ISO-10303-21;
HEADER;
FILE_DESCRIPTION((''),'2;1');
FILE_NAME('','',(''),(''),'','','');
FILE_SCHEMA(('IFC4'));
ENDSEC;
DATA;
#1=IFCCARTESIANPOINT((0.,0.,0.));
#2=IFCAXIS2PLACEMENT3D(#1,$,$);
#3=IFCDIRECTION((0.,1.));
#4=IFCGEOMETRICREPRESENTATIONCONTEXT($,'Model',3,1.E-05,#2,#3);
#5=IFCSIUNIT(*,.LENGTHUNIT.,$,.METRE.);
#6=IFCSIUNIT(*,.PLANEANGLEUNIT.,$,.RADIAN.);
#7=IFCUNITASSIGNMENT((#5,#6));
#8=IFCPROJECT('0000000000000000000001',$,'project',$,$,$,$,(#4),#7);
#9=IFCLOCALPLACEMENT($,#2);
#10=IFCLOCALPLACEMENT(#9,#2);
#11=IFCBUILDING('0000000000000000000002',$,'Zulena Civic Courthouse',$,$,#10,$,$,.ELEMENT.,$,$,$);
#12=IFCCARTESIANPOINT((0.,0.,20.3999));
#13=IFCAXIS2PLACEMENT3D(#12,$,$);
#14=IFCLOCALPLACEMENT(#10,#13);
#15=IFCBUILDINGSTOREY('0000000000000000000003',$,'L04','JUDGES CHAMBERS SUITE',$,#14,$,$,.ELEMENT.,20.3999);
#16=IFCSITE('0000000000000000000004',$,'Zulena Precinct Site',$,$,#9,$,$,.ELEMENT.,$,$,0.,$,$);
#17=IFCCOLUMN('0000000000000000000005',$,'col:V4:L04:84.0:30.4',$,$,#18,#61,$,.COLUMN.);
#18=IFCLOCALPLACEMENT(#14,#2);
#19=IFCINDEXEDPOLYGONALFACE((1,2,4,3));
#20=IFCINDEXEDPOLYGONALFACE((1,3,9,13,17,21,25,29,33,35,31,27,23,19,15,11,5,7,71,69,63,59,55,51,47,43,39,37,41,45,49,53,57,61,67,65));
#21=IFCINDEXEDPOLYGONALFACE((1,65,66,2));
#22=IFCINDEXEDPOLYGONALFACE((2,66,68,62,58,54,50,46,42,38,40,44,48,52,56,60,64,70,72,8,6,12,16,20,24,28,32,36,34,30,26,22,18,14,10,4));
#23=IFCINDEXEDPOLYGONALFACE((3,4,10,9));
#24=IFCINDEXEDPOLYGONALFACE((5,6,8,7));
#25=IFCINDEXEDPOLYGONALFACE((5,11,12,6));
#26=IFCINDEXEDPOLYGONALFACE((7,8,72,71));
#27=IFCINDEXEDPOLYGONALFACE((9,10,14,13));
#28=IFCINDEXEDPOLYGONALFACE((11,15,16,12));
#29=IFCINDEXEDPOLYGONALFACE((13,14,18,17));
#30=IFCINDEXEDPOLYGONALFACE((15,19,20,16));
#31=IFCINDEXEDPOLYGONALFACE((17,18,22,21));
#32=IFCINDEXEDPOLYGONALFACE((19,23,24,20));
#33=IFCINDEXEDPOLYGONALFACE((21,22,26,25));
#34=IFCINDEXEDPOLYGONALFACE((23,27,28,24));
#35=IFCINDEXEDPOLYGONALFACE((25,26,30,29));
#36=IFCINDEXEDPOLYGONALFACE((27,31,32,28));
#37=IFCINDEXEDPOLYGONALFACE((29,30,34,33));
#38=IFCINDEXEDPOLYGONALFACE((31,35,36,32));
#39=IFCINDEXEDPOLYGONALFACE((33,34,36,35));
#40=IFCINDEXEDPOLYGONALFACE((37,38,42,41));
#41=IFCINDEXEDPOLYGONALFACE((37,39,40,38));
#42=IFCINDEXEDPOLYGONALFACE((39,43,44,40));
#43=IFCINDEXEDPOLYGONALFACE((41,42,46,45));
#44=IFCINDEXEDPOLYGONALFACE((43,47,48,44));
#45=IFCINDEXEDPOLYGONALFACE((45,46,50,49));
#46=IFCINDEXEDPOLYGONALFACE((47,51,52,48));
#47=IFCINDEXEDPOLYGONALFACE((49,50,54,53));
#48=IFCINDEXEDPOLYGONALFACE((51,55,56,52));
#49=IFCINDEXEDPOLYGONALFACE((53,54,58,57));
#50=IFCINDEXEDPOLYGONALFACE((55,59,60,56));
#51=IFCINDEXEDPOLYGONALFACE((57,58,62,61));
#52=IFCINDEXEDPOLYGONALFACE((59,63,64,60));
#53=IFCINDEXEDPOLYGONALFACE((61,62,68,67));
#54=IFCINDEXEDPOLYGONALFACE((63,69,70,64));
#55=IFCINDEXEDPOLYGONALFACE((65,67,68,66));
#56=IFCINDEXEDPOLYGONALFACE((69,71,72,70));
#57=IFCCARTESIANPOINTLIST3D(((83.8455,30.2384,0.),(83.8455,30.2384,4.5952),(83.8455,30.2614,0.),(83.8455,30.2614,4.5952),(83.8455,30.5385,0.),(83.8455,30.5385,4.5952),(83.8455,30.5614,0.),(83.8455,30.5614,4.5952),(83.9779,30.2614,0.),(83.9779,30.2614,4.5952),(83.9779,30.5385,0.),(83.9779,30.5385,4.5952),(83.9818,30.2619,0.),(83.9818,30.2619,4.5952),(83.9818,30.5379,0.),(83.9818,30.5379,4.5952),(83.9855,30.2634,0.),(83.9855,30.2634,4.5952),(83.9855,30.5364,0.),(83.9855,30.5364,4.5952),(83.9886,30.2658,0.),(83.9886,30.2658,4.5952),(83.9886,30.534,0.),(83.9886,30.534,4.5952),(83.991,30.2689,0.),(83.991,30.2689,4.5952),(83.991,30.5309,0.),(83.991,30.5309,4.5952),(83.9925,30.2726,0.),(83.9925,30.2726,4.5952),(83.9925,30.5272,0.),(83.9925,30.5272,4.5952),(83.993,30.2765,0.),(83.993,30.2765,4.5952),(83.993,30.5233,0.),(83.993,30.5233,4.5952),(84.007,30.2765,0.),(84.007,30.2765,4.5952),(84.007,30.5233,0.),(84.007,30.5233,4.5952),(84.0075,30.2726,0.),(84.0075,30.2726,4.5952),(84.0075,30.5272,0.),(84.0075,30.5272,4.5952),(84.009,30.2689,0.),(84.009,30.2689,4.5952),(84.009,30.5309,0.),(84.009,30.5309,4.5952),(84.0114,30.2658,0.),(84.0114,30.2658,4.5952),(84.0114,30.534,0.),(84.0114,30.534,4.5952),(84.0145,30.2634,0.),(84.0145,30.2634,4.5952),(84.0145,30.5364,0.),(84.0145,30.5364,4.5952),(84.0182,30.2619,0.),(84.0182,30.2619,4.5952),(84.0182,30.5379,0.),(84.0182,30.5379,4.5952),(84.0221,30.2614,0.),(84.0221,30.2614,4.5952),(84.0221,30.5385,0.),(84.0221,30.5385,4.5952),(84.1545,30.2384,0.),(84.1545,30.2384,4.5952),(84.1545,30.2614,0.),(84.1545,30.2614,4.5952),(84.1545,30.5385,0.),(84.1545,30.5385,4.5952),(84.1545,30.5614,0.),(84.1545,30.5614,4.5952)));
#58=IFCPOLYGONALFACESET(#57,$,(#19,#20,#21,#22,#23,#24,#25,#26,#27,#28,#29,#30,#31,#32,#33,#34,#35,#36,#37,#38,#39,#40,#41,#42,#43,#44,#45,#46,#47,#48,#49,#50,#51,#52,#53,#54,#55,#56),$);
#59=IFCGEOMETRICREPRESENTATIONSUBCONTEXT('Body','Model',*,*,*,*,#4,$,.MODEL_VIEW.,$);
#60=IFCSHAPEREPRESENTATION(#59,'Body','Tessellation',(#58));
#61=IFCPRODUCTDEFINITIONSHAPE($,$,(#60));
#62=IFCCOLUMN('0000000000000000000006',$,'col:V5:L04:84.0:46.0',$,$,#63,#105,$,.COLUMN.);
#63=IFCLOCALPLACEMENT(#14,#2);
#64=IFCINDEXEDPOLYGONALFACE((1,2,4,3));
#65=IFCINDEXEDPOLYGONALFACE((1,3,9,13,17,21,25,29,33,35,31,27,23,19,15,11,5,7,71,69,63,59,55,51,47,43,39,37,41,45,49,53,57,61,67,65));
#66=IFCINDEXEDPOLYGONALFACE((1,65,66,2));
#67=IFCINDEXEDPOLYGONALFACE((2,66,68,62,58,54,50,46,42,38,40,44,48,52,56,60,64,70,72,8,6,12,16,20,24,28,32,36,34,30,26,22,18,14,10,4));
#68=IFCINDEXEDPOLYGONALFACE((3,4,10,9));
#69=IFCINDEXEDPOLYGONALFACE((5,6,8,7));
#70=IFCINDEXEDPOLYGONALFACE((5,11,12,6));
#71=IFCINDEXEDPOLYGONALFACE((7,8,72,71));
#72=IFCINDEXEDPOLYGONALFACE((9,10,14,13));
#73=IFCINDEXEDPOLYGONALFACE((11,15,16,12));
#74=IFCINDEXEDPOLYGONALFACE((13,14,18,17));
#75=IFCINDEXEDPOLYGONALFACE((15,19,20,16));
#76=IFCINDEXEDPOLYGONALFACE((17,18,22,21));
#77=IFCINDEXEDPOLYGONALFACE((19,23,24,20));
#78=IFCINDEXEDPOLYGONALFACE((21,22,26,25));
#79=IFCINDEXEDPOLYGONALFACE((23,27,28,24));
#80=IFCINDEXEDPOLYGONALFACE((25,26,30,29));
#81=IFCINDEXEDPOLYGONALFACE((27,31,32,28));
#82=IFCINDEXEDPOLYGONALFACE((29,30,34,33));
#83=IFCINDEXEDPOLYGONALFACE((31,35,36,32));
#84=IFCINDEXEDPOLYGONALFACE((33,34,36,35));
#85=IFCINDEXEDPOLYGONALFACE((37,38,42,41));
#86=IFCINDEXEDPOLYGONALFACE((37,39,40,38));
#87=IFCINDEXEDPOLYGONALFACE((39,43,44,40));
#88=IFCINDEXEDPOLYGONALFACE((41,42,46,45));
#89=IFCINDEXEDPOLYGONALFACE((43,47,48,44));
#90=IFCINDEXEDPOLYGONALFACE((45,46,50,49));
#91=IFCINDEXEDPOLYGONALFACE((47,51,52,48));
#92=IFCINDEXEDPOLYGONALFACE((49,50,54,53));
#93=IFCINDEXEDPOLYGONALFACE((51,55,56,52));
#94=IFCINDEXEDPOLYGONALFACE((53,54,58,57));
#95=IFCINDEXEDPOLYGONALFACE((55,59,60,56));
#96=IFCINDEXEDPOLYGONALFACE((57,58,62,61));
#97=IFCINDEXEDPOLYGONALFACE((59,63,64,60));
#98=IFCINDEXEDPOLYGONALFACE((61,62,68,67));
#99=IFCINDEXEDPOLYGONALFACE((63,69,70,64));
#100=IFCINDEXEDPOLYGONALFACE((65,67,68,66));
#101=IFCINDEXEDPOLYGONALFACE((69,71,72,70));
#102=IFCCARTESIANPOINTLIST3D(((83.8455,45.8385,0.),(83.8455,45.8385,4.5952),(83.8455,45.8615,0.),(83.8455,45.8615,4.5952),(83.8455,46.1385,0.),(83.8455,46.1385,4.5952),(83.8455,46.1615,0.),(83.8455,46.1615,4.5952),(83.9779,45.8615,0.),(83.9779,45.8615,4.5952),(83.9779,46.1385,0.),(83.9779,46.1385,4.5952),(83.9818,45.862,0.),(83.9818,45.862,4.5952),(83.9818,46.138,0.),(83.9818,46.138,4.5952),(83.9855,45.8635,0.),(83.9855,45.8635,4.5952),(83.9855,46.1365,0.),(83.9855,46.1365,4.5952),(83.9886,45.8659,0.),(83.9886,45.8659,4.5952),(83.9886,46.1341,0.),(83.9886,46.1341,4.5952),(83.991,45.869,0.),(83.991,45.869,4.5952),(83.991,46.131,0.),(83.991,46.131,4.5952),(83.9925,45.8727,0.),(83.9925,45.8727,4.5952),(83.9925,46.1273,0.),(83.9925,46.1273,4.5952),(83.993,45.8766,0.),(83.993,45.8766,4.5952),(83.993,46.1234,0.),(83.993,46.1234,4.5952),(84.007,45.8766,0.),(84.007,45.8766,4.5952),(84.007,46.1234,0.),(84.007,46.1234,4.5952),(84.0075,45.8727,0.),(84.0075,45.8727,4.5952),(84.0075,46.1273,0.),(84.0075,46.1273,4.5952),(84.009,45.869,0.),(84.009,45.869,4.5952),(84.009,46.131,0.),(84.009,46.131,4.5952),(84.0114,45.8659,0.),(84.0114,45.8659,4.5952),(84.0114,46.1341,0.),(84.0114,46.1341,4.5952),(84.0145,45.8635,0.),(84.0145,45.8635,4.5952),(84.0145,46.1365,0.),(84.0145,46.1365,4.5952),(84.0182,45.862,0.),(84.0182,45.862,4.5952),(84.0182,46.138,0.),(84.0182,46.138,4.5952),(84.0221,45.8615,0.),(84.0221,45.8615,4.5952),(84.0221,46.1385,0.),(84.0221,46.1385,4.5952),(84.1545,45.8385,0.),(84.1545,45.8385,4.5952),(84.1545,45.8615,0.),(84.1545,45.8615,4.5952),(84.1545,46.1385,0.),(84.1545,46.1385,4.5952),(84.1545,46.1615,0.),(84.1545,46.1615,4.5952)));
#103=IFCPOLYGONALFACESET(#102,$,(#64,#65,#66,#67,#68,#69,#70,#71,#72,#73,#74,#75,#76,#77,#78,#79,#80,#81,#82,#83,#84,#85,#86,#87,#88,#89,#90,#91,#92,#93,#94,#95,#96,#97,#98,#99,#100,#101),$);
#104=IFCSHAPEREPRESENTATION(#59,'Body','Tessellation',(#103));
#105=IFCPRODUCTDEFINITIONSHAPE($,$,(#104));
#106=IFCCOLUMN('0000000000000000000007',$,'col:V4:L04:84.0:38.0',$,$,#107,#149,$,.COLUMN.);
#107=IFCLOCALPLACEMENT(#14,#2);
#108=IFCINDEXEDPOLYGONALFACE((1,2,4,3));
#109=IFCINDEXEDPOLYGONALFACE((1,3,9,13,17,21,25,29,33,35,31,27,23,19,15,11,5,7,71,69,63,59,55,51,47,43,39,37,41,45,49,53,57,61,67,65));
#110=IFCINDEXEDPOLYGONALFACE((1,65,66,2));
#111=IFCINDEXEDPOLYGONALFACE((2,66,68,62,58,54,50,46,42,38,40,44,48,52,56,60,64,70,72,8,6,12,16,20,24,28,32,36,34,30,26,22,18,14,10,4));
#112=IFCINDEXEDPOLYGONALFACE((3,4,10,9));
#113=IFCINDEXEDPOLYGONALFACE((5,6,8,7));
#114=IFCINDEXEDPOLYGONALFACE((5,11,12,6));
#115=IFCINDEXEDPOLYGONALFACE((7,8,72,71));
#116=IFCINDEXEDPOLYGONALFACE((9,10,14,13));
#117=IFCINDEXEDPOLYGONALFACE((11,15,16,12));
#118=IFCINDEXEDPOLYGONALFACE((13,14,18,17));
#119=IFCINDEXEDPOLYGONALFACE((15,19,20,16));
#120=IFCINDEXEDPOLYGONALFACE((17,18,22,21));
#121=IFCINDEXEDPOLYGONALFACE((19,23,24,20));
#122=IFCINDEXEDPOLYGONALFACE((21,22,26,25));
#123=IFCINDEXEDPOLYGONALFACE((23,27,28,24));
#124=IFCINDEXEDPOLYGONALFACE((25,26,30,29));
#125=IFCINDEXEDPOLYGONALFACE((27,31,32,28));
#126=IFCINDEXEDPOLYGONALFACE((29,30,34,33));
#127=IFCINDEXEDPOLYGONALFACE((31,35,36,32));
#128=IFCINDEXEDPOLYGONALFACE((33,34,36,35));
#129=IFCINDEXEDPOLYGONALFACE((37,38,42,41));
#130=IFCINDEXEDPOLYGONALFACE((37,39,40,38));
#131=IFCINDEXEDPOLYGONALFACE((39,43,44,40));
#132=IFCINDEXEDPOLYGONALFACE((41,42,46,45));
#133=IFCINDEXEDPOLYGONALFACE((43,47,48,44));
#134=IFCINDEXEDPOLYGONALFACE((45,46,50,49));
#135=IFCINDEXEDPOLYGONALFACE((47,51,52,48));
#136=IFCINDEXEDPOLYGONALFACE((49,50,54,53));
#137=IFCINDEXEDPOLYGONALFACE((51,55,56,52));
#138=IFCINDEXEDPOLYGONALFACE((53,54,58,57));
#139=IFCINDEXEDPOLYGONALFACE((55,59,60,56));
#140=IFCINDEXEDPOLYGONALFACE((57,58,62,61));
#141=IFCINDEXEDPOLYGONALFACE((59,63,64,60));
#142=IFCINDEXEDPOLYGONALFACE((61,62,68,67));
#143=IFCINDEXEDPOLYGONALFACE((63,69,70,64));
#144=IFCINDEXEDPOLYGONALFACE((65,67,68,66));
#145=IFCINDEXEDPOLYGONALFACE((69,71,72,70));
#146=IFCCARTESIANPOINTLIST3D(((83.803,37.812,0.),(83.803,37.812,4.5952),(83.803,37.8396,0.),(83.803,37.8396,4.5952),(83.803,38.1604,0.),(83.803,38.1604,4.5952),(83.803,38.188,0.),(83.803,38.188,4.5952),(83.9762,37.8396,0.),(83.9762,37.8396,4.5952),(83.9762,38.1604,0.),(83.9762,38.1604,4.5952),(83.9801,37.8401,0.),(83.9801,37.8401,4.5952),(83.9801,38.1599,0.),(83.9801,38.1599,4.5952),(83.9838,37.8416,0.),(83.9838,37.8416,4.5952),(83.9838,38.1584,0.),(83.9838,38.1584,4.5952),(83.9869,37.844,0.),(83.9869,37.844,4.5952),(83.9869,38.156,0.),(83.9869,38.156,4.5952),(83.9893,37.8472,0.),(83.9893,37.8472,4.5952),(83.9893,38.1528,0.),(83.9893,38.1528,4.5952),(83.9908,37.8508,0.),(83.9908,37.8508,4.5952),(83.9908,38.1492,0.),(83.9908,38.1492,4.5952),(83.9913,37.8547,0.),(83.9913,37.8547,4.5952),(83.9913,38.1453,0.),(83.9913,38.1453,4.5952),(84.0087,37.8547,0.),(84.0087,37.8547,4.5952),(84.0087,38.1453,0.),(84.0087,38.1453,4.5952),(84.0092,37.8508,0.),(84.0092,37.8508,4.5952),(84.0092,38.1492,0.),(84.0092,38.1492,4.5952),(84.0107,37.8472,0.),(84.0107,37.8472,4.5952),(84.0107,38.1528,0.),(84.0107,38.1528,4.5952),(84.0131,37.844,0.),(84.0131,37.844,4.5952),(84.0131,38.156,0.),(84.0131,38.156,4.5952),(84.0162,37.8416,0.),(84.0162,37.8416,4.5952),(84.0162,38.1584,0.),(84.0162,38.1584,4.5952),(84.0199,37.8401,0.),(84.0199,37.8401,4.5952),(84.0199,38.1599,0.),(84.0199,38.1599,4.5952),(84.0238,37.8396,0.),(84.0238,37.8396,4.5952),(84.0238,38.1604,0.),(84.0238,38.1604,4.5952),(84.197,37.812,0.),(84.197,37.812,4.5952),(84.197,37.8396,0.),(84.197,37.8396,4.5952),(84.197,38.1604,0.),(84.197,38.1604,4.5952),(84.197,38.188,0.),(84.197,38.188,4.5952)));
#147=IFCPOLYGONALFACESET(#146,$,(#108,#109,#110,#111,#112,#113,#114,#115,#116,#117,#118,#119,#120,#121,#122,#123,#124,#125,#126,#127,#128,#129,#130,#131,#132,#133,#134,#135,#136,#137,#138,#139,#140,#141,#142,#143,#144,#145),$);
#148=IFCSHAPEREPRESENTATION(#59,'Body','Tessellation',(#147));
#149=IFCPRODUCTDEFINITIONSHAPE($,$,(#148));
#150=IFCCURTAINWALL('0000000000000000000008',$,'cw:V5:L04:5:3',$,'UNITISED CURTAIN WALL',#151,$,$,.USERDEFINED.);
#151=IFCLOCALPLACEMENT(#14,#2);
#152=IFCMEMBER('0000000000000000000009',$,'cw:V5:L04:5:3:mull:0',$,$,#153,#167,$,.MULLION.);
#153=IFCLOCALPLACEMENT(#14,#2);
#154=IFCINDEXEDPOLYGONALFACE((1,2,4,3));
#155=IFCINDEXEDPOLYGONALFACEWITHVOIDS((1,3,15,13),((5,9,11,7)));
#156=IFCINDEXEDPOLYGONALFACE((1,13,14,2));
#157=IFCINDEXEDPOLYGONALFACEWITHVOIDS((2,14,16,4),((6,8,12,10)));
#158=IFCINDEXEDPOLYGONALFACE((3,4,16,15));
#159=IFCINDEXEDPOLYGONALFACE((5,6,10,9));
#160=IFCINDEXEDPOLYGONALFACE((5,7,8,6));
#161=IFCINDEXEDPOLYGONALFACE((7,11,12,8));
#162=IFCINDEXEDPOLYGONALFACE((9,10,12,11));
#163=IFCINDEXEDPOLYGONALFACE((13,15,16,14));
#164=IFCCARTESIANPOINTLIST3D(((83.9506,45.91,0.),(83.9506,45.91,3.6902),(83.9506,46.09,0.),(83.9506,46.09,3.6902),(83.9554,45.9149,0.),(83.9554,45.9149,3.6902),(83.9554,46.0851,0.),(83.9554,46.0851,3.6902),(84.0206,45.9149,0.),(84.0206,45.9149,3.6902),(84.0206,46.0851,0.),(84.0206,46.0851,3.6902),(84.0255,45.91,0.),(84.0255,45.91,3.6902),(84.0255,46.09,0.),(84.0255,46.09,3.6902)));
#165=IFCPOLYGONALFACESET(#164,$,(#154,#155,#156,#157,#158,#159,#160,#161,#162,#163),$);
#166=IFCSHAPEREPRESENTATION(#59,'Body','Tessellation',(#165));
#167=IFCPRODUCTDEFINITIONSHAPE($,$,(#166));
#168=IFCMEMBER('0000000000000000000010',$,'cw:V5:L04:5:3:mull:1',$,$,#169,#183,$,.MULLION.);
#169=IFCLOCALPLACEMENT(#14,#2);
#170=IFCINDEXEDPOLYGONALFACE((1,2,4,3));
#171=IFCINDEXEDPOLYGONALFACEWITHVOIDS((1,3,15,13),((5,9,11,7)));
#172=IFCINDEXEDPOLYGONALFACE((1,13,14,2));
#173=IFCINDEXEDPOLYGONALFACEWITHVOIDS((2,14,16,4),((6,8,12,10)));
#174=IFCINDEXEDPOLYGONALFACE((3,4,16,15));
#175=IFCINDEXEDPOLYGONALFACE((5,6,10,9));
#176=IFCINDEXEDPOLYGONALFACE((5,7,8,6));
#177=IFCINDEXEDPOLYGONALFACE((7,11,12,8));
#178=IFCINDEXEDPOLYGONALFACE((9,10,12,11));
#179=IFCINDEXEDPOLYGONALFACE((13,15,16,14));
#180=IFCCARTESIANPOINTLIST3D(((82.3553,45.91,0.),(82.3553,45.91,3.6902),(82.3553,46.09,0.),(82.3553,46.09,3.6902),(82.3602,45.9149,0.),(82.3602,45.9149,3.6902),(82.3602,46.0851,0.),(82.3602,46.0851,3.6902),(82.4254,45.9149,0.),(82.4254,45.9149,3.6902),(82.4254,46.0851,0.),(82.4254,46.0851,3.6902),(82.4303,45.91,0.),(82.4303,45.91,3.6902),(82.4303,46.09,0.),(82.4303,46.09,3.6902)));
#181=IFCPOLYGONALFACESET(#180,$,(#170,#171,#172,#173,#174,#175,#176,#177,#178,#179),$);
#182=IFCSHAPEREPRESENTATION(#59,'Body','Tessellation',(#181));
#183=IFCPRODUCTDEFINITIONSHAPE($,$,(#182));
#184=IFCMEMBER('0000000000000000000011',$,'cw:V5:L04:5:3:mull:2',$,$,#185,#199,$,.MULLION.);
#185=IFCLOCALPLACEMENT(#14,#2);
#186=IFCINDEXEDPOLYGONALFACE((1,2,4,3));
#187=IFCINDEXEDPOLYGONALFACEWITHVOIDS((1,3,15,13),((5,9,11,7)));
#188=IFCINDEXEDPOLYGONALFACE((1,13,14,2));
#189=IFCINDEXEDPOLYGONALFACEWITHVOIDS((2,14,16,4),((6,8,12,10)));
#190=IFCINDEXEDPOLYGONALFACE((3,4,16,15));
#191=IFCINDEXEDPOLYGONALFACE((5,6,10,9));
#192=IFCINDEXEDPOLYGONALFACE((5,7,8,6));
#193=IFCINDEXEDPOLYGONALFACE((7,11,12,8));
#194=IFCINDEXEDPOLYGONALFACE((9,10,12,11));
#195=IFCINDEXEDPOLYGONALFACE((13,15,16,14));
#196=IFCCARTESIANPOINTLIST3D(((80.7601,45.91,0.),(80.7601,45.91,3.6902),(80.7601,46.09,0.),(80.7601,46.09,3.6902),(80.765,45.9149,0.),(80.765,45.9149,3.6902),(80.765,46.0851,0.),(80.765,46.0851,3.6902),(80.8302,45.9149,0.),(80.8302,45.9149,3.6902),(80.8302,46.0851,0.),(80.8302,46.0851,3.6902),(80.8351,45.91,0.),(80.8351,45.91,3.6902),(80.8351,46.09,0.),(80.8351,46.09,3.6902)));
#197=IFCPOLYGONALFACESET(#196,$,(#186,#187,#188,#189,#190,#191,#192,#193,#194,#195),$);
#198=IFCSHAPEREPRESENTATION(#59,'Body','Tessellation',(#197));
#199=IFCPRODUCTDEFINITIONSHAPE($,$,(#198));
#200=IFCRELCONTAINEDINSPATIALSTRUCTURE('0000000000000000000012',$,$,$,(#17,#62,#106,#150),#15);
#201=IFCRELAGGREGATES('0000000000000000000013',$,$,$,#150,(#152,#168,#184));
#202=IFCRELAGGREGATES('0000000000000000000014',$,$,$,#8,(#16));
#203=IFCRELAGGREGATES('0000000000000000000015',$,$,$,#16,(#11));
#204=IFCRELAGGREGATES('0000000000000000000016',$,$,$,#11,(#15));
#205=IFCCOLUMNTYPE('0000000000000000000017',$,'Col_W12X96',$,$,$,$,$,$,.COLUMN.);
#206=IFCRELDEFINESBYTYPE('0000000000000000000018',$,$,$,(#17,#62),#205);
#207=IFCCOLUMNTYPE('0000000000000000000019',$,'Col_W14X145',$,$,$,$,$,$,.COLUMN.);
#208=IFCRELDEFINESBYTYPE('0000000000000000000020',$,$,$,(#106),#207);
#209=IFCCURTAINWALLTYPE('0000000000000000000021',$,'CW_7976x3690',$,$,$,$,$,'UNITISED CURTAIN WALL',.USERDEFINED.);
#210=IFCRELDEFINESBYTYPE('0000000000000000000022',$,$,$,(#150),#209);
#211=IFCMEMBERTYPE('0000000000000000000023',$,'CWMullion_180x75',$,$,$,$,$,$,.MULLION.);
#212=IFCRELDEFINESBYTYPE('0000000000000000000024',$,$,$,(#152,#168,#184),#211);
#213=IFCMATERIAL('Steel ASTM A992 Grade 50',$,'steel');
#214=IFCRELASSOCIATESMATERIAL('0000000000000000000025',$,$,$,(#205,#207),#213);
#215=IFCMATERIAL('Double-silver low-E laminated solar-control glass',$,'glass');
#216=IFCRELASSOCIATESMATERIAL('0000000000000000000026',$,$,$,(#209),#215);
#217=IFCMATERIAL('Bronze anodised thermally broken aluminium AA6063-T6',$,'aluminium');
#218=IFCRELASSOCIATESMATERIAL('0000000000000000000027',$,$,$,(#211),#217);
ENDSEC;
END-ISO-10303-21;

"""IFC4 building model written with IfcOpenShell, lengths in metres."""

from ifc_helpers import new_model, si_unit, direction, frame, origin, origin_2d, place, context, subcontext, project, spatial, hollow_rectangle, i_section, extrude, material, material_profile, profile_set, type_object, element, aggregate, save


model = new_model("IFC4")

# Units and contexts
model_context = context("Model", 3, precision=1e-05, world=origin(), true_north=direction((0.0, 1.0)))
body_context = subcontext(model_context, "Body", "Model", "MODEL_VIEW")
ifc_project = project(units=[si_unit("LENGTHUNIT", "METRE"), si_unit("PLANEANGLEUNIT", "RADIAN")], contexts=[model_context])

# Site, building, storey
site_placement = place(None, origin())
site = spatial("IfcSite", under=ifc_project, at=site_placement, Name="Zulena Precinct Site", CompositionType="ELEMENT", RefElevation=0.0)
building_placement = place(site_placement, origin())
building = spatial("IfcBuilding", under=site, at=building_placement, Name="Zulena Civic Courthouse", CompositionType="ELEMENT")
storey_placement = place(building_placement, frame((0.0, 0.0, 20.3999)))
storey = spatial("IfcBuildingStorey", under=building, at=storey_placement, Name="L04", Description="JUDGES CHAMBERS SUITE", CompositionType="ELEMENT", Elevation=20.3999)

# Columns
ifc_material_1 = material(Name="Steel ASTM A992 Grade 50", Category="steel")
ifc_material_profile_1 = material_profile(ifc_material_1, i_section(OverallWidth=0.3091, OverallDepth=0.323, WebThickness=0.0139, FlangeThickness=0.0229, FilletRadius=0.0151, at=origin_2d()), Name="W12X96")
ifc_profile_set_1 = profile_set([ifc_material_profile_1], Name="Steel ASTM A992 Grade 50")
column_type_1 = type_object("IfcColumnType", Name="Col_W12X96", PredefinedType="COLUMN", material=ifc_profile_set_1)
for number, where, z_axis, x_axis, name in (
    (1, (84.0, 30.3999, 0.0), (0.0, 0.0, 1.0), (1.0, 0.0, 0.0), "col:V4:L04:84.0:30.4"),
    (2, (84.0, 46.0, 0.0), (0.0, 0.0, 1.0), (1.0, 0.0, 0.0), "col:V5:L04:84.0:46.0"),
):
    element("IfcColumn", number, at=place(storey_placement, frame(where, z_axis=z_axis, x_axis=x_axis)), inside=storey, type_object=column_type_1, Name=name, PredefinedType="COLUMN", context=body_context, shape_type="SweptSolid", body=[
        extrude(i_section(OverallWidth=0.3091, OverallDepth=0.323, WebThickness=0.0139, FlangeThickness=0.0229, FilletRadius=0.0151, at=origin_2d()), origin(), (0.0, 0.0, 1.0), 4.5952),
    ])
ifc_material_profile_2 = material_profile(ifc_material_1, i_section(OverallWidth=0.394, OverallDepth=0.376, WebThickness=0.0173, FlangeThickness=0.0276, FilletRadius=0.0151, at=origin_2d()), Name="W14X145")
ifc_profile_set_2 = profile_set([ifc_material_profile_2], Name="Steel ASTM A992 Grade 50")
column_type_2 = type_object("IfcColumnType", Name="Col_W14X145", PredefinedType="COLUMN", material=ifc_profile_set_2)
column_placement = place(storey_placement, frame((84.0, 38.0, 0.0), z_axis=(0.0, 0.0, 1.0), x_axis=(1.0, 0.0, 0.0)))
element("IfcColumn", 3, at=column_placement, inside=storey, type_object=column_type_2, Name="col:V4:L04:84.0:38.0", PredefinedType="COLUMN", context=body_context, shape_type="SweptSolid", body=[
    extrude(i_section(OverallWidth=0.394, OverallDepth=0.376, WebThickness=0.0173, FlangeThickness=0.0276, FilletRadius=0.0151, at=origin_2d()), origin(), (0.0, 0.0, 1.0), 4.5952),
])

# Curtain wall, members
ifc_material_2 = material(Name="Double-silver low-E laminated solar-control glass", Category="glass")
curtain_wall_type = type_object("IfcCurtainWallType", Name="CW_7976x3690", ElementType="UNITISED CURTAIN WALL", PredefinedType="USERDEFINED", material=ifc_material_2)
curtain_wall_placement = place(storey_placement, origin())
curtain_wall = element("IfcCurtainWall", 4, at=curtain_wall_placement, inside=storey, type_object=curtain_wall_type, Name="cw:V5:L04:5:3", ObjectType="UNITISED CURTAIN WALL", PredefinedType="USERDEFINED")
ifc_material_3 = material(Name="Bronze anodised thermally broken aluminium AA6063-T6", Category="aluminium")
ifc_material_profile_3 = material_profile(ifc_material_3, hollow_rectangle(XDim=0.075, YDim=0.1799, WallThickness=0.0049, at=origin_2d()), Name="CWM180X75X5")
ifc_profile_set_3 = profile_set([ifc_material_profile_3], Name="Bronze anodised thermally broken aluminium AA6063-T6")
member_type_1 = type_object("IfcMemberType", Name="CWMullion_180x75", PredefinedType="MULLION", material=ifc_profile_set_3)
member_1_placement = place(storey_placement, frame((83.988, 46.0, 0.0), z_axis=(0.0, 0.0, 1.0), x_axis=(1.0, 0.0, 0.0)))
member_1 = element("IfcMember", 5, at=member_1_placement, type_object=member_type_1, Name="cw:V5:L04:5:3:mull:0", PredefinedType="MULLION", context=body_context, shape_type="SweptSolid", body=[
    extrude(hollow_rectangle(XDim=0.075, YDim=0.1799, WallThickness=0.0049, at=origin_2d()), origin(), (0.0, 0.0, 1.0), 3.6902),
])
member_2_placement = place(storey_placement, frame((82.3928, 46.0, 0.0), z_axis=(0.0, 0.0, 1.0), x_axis=(1.0, 0.0, 0.0)))
member_2 = element("IfcMember", 6, at=member_2_placement, type_object=member_type_1, Name="cw:V5:L04:5:3:mull:1", PredefinedType="MULLION", context=body_context, shape_type="SweptSolid", body=[
    extrude(hollow_rectangle(XDim=0.075, YDim=0.1799, WallThickness=0.0049, at=origin_2d()), origin(), (0.0, 0.0, 1.0), 3.6902),
])
member_3_placement = place(storey_placement, frame((80.7976, 46.0, 0.0), z_axis=(0.0, 0.0, 1.0), x_axis=(1.0, 0.0, 0.0)))
member_3 = element("IfcMember", 7, at=member_3_placement, type_object=member_type_1, Name="cw:V5:L04:5:3:mull:2", PredefinedType="MULLION", context=body_context, shape_type="SweptSolid", body=[
    extrude(hollow_rectangle(XDim=0.075, YDim=0.1799, WallThickness=0.0049, at=origin_2d()), origin(), (0.0, 0.0, 1.0), 3.6902),
])

aggregate(curtain_wall, [member_1, member_2, member_3])

save(model, "model.ifc")
